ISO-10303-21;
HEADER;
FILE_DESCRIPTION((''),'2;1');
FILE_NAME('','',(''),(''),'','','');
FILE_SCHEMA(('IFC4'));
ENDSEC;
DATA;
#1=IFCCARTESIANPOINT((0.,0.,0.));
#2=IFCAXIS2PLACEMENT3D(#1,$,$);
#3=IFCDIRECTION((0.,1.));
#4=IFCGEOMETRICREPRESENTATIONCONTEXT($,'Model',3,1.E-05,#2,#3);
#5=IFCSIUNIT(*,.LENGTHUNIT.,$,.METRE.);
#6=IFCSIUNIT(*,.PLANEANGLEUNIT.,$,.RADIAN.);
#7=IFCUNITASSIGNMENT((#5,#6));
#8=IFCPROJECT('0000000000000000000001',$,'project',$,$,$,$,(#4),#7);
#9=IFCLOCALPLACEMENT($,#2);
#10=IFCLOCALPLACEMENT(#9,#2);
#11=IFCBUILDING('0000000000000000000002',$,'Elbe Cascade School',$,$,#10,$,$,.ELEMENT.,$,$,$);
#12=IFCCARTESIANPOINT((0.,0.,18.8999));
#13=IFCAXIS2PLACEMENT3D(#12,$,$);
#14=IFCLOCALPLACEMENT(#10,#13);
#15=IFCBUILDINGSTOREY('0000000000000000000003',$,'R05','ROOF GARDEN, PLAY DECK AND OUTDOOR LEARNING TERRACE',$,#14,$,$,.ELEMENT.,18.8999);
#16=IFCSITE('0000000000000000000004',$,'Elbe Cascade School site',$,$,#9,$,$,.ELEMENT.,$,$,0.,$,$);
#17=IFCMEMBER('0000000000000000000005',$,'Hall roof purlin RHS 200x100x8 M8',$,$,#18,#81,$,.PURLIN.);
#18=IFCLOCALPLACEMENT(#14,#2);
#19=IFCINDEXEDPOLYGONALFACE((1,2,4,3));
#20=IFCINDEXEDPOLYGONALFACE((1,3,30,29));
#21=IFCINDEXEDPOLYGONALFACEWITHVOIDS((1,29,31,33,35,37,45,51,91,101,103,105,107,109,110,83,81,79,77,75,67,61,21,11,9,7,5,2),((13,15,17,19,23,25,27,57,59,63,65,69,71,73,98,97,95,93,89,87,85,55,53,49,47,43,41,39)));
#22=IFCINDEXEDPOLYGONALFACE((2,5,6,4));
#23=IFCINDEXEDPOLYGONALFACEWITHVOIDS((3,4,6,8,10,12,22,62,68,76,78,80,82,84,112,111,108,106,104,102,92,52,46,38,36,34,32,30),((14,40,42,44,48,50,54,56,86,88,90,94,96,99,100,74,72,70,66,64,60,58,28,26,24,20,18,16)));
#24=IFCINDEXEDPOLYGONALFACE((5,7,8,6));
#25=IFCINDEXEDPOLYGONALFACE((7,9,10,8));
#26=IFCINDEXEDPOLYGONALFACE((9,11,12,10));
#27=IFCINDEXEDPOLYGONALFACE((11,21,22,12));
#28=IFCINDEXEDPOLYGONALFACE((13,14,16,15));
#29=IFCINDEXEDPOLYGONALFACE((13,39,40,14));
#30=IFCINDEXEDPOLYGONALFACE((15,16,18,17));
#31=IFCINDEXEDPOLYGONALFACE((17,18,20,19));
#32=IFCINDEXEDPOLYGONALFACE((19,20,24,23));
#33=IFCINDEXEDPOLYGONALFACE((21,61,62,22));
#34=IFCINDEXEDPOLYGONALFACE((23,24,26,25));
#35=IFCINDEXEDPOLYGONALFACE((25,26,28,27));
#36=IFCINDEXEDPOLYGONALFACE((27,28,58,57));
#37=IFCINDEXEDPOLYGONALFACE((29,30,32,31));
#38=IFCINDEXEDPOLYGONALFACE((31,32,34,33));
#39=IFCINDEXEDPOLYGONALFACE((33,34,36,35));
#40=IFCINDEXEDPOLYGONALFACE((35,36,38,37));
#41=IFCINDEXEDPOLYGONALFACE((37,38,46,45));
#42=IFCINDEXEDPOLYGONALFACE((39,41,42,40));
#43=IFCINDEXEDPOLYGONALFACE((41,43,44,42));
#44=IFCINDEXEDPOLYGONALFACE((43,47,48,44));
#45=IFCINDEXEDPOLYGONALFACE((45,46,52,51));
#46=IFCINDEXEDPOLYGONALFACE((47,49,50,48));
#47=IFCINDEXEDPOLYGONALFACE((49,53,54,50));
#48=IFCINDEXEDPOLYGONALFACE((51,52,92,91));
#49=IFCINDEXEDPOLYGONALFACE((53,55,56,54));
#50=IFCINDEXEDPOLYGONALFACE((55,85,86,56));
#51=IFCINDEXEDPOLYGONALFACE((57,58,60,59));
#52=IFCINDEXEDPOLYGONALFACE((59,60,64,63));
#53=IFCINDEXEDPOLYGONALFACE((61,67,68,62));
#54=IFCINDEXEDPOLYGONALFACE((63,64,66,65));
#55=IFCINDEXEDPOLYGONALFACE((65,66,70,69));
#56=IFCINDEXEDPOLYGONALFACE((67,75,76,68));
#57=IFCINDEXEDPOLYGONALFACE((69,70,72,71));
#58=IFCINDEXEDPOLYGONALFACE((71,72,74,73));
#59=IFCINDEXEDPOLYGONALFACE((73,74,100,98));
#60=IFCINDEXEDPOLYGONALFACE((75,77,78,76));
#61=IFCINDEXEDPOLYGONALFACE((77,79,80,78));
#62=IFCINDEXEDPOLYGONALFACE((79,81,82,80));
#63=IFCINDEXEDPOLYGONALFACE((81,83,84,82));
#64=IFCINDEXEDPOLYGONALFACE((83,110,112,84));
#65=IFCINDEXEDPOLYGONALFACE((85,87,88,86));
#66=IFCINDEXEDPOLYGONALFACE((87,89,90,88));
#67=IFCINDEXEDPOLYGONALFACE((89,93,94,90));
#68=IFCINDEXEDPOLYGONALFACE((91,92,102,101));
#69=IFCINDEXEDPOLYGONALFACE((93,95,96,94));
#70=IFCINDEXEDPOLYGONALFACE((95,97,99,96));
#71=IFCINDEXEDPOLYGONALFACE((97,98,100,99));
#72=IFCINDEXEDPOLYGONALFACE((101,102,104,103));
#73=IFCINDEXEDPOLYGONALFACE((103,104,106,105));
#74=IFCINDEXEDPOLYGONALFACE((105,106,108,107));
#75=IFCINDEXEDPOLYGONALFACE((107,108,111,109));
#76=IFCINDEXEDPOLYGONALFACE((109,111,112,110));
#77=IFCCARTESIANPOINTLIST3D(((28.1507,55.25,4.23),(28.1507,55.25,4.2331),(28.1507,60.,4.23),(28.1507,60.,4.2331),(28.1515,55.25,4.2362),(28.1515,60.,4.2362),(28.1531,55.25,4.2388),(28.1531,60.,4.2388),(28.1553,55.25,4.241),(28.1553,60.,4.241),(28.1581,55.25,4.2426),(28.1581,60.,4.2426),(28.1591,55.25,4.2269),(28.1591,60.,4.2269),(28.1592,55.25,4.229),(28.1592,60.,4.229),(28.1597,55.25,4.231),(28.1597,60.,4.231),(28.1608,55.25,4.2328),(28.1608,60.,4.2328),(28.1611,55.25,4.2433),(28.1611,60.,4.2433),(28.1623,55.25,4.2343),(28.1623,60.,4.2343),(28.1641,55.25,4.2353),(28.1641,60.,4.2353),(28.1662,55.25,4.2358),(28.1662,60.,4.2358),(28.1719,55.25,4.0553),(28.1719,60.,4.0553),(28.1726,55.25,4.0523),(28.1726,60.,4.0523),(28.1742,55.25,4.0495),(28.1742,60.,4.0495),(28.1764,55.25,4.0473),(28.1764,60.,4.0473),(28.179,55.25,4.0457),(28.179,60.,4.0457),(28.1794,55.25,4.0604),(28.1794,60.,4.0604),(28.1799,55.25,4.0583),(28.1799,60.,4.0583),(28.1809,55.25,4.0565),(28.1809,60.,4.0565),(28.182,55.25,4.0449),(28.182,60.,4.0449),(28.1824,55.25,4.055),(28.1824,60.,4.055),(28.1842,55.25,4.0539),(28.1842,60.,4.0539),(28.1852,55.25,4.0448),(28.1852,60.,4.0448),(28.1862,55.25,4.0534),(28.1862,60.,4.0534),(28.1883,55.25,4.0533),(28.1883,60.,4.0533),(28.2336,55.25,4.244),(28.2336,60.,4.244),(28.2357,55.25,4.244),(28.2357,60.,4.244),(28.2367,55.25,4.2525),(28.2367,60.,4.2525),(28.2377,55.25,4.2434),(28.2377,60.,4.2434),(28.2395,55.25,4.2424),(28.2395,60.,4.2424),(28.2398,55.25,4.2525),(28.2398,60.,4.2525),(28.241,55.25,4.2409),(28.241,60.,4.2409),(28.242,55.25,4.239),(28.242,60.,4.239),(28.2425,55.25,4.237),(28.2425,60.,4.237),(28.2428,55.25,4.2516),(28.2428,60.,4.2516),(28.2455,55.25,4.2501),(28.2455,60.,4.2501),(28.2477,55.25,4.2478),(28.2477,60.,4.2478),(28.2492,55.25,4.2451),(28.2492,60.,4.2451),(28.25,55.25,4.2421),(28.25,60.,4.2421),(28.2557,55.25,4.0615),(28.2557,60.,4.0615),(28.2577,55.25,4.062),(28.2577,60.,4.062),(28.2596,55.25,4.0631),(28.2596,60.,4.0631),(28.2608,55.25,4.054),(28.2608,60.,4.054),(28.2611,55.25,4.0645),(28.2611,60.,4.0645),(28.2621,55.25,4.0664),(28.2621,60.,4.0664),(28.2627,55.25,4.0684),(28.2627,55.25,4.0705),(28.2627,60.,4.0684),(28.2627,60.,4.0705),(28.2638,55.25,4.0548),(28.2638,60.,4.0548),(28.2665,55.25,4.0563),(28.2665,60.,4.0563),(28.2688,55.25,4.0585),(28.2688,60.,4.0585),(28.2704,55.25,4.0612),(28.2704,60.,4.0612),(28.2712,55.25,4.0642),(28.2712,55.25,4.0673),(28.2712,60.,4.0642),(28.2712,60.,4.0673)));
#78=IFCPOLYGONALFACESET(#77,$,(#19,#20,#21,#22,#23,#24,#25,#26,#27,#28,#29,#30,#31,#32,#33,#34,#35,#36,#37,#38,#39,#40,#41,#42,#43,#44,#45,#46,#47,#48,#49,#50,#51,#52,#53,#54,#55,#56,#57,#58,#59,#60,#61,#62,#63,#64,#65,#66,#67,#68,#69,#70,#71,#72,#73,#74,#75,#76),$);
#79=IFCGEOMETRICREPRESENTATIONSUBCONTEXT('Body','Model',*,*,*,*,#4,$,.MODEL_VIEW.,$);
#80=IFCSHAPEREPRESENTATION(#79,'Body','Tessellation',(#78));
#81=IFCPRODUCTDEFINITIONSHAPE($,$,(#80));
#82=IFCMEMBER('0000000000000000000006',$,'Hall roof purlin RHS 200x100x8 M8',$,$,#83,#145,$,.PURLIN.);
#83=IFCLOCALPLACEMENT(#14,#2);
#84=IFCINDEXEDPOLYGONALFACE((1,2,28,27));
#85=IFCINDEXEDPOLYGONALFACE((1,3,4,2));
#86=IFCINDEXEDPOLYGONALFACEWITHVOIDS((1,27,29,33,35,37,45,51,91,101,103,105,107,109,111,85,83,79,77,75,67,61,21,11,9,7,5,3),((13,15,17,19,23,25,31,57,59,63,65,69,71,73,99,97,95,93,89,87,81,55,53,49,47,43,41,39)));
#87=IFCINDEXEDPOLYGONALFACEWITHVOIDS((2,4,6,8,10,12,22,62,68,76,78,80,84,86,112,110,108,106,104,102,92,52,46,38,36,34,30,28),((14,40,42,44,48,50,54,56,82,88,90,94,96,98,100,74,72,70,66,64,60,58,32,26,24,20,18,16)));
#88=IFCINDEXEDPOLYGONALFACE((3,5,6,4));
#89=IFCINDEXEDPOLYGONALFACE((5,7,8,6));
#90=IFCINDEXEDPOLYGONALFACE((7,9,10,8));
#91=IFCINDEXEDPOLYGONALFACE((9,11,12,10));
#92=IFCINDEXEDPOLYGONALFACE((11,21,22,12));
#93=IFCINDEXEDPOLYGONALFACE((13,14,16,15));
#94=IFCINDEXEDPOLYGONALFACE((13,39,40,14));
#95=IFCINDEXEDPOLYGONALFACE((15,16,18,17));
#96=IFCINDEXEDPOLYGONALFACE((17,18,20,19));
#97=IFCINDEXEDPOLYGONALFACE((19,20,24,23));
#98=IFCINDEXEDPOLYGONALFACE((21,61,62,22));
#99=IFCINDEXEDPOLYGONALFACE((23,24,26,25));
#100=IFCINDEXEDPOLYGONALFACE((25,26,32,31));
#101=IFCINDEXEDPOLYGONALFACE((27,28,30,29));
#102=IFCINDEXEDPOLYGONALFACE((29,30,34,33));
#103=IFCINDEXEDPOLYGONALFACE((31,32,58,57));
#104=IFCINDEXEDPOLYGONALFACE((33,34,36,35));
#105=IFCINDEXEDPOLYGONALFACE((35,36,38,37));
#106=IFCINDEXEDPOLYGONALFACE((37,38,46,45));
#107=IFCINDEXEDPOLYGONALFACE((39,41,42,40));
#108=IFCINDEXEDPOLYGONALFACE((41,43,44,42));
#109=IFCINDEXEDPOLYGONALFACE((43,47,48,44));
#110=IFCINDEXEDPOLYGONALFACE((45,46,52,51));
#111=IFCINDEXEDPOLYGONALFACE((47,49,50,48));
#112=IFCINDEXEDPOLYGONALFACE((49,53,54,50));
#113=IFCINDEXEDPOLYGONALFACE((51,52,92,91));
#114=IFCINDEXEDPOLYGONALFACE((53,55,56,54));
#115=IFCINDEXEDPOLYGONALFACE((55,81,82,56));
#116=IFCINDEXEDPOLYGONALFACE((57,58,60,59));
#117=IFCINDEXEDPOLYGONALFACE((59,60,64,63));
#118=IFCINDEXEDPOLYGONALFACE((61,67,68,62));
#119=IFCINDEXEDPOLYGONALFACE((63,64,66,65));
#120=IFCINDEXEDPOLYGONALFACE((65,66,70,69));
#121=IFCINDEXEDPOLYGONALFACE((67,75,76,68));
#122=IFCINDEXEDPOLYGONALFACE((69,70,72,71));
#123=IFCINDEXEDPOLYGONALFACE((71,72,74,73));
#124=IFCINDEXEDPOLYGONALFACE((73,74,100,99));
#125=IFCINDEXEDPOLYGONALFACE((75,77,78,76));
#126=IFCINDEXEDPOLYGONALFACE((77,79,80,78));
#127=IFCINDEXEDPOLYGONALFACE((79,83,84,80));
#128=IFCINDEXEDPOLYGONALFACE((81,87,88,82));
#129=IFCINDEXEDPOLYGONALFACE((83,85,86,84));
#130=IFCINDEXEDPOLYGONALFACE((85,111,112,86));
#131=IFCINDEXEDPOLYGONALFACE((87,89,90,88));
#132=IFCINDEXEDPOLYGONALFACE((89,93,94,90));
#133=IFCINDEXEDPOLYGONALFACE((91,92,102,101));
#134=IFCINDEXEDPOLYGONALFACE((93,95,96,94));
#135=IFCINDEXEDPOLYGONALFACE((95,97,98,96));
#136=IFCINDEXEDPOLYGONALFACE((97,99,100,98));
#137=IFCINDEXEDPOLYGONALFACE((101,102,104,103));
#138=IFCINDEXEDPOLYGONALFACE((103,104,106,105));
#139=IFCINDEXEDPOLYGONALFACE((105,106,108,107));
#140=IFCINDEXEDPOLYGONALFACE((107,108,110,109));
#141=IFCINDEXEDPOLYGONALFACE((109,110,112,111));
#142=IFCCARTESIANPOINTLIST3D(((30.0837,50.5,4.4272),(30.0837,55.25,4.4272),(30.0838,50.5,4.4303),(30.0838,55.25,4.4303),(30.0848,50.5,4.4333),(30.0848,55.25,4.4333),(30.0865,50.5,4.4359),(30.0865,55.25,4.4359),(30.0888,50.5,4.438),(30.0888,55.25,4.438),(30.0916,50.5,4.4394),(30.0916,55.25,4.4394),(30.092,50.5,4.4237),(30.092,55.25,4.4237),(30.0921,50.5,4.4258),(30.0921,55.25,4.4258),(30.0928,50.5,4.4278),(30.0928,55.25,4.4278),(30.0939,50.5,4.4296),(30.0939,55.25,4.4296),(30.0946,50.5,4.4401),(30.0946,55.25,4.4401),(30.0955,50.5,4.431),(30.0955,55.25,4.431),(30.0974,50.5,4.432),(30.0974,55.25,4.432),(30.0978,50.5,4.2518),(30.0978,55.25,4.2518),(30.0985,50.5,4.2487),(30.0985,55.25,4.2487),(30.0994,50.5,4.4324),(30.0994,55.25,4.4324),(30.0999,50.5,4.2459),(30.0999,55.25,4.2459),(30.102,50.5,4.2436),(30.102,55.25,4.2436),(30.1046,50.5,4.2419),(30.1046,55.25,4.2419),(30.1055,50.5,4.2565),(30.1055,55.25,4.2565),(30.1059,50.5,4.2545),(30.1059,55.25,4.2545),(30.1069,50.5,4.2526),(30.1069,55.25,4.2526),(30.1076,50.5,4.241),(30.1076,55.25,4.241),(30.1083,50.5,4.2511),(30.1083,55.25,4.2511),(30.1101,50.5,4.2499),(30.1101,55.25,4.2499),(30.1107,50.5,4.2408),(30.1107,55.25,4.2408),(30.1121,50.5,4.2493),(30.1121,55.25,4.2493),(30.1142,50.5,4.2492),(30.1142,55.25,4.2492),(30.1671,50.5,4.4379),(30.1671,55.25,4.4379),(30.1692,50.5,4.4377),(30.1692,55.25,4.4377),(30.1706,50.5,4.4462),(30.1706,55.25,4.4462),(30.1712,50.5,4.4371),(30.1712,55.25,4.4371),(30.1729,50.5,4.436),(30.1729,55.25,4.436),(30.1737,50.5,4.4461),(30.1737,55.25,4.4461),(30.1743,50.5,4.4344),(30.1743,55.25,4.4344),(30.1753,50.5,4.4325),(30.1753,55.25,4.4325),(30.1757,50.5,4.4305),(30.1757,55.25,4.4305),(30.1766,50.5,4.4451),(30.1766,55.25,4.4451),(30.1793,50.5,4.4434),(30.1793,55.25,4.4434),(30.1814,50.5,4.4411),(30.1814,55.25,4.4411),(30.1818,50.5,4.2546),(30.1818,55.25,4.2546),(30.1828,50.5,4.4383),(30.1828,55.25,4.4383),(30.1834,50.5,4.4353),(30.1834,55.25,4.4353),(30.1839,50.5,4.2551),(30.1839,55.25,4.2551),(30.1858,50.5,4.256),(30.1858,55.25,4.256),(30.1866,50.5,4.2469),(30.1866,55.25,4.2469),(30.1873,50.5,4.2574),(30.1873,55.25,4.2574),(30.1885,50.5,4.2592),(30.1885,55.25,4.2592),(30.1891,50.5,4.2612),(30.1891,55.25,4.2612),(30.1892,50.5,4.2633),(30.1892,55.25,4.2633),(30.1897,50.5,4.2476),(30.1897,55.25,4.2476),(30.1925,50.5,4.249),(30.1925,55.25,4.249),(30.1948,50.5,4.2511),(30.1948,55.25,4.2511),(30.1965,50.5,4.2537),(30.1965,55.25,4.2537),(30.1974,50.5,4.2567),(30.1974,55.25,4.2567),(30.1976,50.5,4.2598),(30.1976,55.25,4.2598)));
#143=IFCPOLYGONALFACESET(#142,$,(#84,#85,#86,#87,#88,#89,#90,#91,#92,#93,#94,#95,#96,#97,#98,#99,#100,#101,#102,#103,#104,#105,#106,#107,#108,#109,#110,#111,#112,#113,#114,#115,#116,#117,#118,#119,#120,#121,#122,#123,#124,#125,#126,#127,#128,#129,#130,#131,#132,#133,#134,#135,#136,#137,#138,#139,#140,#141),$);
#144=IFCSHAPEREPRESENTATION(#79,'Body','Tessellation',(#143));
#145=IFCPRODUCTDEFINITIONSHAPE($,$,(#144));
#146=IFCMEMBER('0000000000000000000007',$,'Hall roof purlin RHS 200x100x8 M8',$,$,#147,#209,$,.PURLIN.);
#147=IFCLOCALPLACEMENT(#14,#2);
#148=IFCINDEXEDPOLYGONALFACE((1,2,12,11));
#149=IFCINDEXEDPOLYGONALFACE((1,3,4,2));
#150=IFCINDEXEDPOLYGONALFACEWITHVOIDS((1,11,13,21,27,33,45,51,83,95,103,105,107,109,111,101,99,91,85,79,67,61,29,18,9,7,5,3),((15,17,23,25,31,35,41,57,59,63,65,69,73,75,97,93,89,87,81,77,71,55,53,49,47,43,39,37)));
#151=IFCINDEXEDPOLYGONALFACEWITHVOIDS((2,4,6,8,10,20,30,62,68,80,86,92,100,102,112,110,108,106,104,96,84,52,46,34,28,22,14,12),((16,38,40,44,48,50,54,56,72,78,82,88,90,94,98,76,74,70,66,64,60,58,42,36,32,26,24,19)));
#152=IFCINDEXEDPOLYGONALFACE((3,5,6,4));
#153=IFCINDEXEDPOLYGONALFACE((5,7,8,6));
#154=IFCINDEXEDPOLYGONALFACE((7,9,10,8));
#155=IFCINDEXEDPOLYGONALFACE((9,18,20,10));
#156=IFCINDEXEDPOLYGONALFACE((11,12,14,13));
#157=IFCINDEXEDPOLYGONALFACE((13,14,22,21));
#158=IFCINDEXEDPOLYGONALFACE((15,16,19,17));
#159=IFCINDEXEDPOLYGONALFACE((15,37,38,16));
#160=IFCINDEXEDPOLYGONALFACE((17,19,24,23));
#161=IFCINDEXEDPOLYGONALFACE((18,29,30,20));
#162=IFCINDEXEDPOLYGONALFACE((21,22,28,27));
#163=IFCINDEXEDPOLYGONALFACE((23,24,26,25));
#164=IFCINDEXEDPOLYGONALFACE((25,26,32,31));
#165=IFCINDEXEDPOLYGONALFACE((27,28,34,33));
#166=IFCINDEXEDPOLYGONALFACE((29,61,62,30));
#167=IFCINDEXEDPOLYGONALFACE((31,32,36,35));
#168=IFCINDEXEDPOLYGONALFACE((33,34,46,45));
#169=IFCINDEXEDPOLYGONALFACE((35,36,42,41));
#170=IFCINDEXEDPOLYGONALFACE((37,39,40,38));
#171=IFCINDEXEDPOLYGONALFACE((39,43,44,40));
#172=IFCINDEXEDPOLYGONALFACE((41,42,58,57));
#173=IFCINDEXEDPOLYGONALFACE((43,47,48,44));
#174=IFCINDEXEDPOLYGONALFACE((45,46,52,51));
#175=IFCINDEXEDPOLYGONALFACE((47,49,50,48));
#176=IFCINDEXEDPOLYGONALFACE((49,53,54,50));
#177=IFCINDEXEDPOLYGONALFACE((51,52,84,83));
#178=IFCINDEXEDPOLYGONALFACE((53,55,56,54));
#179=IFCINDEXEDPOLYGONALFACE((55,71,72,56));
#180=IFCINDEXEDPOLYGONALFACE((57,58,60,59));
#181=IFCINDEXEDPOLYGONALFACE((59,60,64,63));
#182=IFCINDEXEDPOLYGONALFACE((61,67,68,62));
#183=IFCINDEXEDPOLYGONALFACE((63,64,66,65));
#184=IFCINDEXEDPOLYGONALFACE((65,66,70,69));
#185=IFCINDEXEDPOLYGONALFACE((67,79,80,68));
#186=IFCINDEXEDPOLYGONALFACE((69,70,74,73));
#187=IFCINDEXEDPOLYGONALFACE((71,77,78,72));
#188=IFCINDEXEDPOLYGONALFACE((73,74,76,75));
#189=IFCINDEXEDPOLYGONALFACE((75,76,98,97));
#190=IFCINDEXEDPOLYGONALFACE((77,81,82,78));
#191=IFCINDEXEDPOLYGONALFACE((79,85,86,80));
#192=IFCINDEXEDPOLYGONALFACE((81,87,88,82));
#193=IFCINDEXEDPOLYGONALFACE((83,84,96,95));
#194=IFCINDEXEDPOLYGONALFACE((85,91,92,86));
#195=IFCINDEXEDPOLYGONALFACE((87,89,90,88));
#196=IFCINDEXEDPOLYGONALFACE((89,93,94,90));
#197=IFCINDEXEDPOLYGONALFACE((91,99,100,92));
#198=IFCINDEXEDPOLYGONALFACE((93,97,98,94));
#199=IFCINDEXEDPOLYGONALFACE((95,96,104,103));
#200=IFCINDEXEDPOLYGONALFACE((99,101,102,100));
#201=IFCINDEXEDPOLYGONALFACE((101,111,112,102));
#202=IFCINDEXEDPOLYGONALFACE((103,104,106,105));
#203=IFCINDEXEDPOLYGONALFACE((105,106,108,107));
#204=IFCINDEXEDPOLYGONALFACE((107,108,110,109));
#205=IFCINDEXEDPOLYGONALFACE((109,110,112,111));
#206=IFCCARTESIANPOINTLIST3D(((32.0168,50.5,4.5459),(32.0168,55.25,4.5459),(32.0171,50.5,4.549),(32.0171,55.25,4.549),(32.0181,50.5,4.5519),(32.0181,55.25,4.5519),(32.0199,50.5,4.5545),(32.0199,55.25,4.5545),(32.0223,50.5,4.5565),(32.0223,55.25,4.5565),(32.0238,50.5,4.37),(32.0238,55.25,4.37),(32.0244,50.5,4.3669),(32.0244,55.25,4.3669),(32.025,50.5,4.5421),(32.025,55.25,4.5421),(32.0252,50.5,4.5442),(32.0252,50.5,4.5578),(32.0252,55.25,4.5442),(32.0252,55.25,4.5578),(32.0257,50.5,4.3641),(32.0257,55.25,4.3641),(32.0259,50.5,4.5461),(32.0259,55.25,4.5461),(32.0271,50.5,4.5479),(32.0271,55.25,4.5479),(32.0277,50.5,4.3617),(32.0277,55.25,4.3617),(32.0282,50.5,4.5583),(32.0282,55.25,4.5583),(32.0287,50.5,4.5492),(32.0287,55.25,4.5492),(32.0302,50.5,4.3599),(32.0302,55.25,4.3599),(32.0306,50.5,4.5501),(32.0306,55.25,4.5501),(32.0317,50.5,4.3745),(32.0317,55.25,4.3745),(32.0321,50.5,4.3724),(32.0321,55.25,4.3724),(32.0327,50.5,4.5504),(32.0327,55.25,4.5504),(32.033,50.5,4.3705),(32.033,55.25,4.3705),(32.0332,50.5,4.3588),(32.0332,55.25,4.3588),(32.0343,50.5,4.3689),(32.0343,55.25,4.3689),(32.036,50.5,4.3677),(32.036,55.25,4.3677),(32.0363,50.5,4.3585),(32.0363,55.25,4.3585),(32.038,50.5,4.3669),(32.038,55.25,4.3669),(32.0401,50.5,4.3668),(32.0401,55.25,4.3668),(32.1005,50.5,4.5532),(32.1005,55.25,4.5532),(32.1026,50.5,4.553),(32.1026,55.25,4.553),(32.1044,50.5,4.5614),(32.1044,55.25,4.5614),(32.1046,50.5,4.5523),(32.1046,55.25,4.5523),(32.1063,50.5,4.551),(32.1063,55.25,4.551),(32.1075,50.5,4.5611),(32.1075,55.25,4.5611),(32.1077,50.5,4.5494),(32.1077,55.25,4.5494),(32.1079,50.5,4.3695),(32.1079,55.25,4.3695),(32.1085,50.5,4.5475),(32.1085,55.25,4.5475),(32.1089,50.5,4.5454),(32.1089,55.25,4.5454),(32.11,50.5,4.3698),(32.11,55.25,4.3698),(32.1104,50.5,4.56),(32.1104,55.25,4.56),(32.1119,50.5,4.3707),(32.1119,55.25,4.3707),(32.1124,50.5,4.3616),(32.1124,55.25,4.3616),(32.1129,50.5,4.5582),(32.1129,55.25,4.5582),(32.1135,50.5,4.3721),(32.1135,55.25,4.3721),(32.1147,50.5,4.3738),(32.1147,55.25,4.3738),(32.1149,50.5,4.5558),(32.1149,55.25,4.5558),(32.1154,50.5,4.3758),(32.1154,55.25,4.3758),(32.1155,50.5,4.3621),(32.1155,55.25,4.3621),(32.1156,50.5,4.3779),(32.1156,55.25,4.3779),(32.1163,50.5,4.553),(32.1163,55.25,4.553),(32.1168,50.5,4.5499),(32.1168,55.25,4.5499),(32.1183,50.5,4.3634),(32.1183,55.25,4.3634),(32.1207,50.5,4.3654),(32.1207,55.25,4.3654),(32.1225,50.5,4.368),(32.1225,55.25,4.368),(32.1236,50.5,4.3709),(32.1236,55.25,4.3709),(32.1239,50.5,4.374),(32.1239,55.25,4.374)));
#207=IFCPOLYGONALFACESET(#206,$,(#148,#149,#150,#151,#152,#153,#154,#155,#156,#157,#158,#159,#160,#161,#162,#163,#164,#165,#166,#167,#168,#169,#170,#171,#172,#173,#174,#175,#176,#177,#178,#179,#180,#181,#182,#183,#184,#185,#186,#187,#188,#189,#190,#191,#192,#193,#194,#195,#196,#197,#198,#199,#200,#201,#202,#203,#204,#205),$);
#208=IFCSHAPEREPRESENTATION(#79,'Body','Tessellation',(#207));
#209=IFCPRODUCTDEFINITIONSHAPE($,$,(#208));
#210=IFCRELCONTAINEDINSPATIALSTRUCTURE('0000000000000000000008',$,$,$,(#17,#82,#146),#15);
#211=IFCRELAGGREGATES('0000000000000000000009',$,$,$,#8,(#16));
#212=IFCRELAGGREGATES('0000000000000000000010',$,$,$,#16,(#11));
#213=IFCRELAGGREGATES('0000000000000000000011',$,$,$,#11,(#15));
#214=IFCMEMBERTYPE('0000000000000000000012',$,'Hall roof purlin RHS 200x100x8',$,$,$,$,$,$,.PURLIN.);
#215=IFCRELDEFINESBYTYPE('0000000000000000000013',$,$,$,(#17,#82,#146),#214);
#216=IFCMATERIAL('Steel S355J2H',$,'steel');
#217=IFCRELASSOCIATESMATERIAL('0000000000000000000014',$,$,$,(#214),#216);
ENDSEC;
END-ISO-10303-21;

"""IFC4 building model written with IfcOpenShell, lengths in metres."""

from ifc_helpers import new_model, si_unit, direction, frame, origin, origin_2d, place, context, subcontext, project, spatial, hollow_rectangle, extrude, material, material_profile, profile_set, type_object, element, save


model = new_model("IFC4")

# Units and contexts
model_context = context("Model", 3, precision=1e-05, world=origin(), true_north=direction((0.0, 1.0)))
body_context = subcontext(model_context, "Body", "Model", "MODEL_VIEW")
ifc_project = project(units=[si_unit("LENGTHUNIT", "METRE"), si_unit("PLANEANGLEUNIT", "RADIAN")], contexts=[model_context])

# Site, building, storey
site_placement = place(None, origin())
site = spatial("IfcSite", under=ifc_project, at=site_placement, Name="Elbe Cascade School site", CompositionType="ELEMENT", RefElevation=0.0)
building_placement = place(site_placement, origin())
building = spatial("IfcBuilding", under=site, at=building_placement, Name="Elbe Cascade School", CompositionType="ELEMENT")
storey_placement = place(building_placement, frame((0.0, 0.0, 18.8999)))
storey = spatial("IfcBuildingStorey", under=building, at=storey_placement, Name="R05", Description="ROOF GARDEN, PLAY DECK AND OUTDOOR LEARNING TERRACE", CompositionType="ELEMENT", Elevation=18.8999)

# Members
ifc_material_1 = material(Name="Steel S355J2H", Category="steel")
ifc_material_profile_1 = material_profile(ifc_material_1, hollow_rectangle(XDim=0.1001, YDim=0.2, WallThickness=0.0081, InnerFilletRadius=0.0081, OuterFilletRadius=0.012, at=origin_2d()), Name="RHS 200x100x8")
ifc_profile_set_1 = profile_set([ifc_material_profile_1], Name="Steel S355J2H")
member_type_1 = type_object("IfcMemberType", Name="Hall roof purlin RHS 200x100x8", PredefinedType="PURLIN", material=ifc_profile_set_1)
for number, where, z_axis, x_axis, name in (
    (1, (28.2109, 55.25, 4.1487), (0.0, 1.0, 0.0), (-0.992718, 0.0, -0.120463), "Hall roof purlin RHS 200x100x8 M8"),
    (2, (30.1406, 50.5, 4.3435), (0.0, 1.0, 0.0), (-0.99677, 0.0, -0.080309), "Hall roof purlin RHS 200x100x8 M8"),
    (3, (32.0703, 50.5, 4.46), (0.0, 1.0, 0.0), (-0.999193, 0.0, -0.040154), "Hall roof purlin RHS 200x100x8 M8"),
):
    element("IfcMember", number, at=place(storey_placement, frame(where, z_axis=z_axis, x_axis=x_axis)), inside=storey, type_object=member_type_1, Name=name, PredefinedType="PURLIN", context=body_context, shape_type="SweptSolid", body=[
        extrude(hollow_rectangle(XDim=0.1001, YDim=0.2, WallThickness=0.0081, InnerFilletRadius=0.0081, OuterFilletRadius=0.012, at=origin_2d()), origin(), (0.0, 0.0, 1.0), 4.75),
    ])

save(model, "model.ifc")
